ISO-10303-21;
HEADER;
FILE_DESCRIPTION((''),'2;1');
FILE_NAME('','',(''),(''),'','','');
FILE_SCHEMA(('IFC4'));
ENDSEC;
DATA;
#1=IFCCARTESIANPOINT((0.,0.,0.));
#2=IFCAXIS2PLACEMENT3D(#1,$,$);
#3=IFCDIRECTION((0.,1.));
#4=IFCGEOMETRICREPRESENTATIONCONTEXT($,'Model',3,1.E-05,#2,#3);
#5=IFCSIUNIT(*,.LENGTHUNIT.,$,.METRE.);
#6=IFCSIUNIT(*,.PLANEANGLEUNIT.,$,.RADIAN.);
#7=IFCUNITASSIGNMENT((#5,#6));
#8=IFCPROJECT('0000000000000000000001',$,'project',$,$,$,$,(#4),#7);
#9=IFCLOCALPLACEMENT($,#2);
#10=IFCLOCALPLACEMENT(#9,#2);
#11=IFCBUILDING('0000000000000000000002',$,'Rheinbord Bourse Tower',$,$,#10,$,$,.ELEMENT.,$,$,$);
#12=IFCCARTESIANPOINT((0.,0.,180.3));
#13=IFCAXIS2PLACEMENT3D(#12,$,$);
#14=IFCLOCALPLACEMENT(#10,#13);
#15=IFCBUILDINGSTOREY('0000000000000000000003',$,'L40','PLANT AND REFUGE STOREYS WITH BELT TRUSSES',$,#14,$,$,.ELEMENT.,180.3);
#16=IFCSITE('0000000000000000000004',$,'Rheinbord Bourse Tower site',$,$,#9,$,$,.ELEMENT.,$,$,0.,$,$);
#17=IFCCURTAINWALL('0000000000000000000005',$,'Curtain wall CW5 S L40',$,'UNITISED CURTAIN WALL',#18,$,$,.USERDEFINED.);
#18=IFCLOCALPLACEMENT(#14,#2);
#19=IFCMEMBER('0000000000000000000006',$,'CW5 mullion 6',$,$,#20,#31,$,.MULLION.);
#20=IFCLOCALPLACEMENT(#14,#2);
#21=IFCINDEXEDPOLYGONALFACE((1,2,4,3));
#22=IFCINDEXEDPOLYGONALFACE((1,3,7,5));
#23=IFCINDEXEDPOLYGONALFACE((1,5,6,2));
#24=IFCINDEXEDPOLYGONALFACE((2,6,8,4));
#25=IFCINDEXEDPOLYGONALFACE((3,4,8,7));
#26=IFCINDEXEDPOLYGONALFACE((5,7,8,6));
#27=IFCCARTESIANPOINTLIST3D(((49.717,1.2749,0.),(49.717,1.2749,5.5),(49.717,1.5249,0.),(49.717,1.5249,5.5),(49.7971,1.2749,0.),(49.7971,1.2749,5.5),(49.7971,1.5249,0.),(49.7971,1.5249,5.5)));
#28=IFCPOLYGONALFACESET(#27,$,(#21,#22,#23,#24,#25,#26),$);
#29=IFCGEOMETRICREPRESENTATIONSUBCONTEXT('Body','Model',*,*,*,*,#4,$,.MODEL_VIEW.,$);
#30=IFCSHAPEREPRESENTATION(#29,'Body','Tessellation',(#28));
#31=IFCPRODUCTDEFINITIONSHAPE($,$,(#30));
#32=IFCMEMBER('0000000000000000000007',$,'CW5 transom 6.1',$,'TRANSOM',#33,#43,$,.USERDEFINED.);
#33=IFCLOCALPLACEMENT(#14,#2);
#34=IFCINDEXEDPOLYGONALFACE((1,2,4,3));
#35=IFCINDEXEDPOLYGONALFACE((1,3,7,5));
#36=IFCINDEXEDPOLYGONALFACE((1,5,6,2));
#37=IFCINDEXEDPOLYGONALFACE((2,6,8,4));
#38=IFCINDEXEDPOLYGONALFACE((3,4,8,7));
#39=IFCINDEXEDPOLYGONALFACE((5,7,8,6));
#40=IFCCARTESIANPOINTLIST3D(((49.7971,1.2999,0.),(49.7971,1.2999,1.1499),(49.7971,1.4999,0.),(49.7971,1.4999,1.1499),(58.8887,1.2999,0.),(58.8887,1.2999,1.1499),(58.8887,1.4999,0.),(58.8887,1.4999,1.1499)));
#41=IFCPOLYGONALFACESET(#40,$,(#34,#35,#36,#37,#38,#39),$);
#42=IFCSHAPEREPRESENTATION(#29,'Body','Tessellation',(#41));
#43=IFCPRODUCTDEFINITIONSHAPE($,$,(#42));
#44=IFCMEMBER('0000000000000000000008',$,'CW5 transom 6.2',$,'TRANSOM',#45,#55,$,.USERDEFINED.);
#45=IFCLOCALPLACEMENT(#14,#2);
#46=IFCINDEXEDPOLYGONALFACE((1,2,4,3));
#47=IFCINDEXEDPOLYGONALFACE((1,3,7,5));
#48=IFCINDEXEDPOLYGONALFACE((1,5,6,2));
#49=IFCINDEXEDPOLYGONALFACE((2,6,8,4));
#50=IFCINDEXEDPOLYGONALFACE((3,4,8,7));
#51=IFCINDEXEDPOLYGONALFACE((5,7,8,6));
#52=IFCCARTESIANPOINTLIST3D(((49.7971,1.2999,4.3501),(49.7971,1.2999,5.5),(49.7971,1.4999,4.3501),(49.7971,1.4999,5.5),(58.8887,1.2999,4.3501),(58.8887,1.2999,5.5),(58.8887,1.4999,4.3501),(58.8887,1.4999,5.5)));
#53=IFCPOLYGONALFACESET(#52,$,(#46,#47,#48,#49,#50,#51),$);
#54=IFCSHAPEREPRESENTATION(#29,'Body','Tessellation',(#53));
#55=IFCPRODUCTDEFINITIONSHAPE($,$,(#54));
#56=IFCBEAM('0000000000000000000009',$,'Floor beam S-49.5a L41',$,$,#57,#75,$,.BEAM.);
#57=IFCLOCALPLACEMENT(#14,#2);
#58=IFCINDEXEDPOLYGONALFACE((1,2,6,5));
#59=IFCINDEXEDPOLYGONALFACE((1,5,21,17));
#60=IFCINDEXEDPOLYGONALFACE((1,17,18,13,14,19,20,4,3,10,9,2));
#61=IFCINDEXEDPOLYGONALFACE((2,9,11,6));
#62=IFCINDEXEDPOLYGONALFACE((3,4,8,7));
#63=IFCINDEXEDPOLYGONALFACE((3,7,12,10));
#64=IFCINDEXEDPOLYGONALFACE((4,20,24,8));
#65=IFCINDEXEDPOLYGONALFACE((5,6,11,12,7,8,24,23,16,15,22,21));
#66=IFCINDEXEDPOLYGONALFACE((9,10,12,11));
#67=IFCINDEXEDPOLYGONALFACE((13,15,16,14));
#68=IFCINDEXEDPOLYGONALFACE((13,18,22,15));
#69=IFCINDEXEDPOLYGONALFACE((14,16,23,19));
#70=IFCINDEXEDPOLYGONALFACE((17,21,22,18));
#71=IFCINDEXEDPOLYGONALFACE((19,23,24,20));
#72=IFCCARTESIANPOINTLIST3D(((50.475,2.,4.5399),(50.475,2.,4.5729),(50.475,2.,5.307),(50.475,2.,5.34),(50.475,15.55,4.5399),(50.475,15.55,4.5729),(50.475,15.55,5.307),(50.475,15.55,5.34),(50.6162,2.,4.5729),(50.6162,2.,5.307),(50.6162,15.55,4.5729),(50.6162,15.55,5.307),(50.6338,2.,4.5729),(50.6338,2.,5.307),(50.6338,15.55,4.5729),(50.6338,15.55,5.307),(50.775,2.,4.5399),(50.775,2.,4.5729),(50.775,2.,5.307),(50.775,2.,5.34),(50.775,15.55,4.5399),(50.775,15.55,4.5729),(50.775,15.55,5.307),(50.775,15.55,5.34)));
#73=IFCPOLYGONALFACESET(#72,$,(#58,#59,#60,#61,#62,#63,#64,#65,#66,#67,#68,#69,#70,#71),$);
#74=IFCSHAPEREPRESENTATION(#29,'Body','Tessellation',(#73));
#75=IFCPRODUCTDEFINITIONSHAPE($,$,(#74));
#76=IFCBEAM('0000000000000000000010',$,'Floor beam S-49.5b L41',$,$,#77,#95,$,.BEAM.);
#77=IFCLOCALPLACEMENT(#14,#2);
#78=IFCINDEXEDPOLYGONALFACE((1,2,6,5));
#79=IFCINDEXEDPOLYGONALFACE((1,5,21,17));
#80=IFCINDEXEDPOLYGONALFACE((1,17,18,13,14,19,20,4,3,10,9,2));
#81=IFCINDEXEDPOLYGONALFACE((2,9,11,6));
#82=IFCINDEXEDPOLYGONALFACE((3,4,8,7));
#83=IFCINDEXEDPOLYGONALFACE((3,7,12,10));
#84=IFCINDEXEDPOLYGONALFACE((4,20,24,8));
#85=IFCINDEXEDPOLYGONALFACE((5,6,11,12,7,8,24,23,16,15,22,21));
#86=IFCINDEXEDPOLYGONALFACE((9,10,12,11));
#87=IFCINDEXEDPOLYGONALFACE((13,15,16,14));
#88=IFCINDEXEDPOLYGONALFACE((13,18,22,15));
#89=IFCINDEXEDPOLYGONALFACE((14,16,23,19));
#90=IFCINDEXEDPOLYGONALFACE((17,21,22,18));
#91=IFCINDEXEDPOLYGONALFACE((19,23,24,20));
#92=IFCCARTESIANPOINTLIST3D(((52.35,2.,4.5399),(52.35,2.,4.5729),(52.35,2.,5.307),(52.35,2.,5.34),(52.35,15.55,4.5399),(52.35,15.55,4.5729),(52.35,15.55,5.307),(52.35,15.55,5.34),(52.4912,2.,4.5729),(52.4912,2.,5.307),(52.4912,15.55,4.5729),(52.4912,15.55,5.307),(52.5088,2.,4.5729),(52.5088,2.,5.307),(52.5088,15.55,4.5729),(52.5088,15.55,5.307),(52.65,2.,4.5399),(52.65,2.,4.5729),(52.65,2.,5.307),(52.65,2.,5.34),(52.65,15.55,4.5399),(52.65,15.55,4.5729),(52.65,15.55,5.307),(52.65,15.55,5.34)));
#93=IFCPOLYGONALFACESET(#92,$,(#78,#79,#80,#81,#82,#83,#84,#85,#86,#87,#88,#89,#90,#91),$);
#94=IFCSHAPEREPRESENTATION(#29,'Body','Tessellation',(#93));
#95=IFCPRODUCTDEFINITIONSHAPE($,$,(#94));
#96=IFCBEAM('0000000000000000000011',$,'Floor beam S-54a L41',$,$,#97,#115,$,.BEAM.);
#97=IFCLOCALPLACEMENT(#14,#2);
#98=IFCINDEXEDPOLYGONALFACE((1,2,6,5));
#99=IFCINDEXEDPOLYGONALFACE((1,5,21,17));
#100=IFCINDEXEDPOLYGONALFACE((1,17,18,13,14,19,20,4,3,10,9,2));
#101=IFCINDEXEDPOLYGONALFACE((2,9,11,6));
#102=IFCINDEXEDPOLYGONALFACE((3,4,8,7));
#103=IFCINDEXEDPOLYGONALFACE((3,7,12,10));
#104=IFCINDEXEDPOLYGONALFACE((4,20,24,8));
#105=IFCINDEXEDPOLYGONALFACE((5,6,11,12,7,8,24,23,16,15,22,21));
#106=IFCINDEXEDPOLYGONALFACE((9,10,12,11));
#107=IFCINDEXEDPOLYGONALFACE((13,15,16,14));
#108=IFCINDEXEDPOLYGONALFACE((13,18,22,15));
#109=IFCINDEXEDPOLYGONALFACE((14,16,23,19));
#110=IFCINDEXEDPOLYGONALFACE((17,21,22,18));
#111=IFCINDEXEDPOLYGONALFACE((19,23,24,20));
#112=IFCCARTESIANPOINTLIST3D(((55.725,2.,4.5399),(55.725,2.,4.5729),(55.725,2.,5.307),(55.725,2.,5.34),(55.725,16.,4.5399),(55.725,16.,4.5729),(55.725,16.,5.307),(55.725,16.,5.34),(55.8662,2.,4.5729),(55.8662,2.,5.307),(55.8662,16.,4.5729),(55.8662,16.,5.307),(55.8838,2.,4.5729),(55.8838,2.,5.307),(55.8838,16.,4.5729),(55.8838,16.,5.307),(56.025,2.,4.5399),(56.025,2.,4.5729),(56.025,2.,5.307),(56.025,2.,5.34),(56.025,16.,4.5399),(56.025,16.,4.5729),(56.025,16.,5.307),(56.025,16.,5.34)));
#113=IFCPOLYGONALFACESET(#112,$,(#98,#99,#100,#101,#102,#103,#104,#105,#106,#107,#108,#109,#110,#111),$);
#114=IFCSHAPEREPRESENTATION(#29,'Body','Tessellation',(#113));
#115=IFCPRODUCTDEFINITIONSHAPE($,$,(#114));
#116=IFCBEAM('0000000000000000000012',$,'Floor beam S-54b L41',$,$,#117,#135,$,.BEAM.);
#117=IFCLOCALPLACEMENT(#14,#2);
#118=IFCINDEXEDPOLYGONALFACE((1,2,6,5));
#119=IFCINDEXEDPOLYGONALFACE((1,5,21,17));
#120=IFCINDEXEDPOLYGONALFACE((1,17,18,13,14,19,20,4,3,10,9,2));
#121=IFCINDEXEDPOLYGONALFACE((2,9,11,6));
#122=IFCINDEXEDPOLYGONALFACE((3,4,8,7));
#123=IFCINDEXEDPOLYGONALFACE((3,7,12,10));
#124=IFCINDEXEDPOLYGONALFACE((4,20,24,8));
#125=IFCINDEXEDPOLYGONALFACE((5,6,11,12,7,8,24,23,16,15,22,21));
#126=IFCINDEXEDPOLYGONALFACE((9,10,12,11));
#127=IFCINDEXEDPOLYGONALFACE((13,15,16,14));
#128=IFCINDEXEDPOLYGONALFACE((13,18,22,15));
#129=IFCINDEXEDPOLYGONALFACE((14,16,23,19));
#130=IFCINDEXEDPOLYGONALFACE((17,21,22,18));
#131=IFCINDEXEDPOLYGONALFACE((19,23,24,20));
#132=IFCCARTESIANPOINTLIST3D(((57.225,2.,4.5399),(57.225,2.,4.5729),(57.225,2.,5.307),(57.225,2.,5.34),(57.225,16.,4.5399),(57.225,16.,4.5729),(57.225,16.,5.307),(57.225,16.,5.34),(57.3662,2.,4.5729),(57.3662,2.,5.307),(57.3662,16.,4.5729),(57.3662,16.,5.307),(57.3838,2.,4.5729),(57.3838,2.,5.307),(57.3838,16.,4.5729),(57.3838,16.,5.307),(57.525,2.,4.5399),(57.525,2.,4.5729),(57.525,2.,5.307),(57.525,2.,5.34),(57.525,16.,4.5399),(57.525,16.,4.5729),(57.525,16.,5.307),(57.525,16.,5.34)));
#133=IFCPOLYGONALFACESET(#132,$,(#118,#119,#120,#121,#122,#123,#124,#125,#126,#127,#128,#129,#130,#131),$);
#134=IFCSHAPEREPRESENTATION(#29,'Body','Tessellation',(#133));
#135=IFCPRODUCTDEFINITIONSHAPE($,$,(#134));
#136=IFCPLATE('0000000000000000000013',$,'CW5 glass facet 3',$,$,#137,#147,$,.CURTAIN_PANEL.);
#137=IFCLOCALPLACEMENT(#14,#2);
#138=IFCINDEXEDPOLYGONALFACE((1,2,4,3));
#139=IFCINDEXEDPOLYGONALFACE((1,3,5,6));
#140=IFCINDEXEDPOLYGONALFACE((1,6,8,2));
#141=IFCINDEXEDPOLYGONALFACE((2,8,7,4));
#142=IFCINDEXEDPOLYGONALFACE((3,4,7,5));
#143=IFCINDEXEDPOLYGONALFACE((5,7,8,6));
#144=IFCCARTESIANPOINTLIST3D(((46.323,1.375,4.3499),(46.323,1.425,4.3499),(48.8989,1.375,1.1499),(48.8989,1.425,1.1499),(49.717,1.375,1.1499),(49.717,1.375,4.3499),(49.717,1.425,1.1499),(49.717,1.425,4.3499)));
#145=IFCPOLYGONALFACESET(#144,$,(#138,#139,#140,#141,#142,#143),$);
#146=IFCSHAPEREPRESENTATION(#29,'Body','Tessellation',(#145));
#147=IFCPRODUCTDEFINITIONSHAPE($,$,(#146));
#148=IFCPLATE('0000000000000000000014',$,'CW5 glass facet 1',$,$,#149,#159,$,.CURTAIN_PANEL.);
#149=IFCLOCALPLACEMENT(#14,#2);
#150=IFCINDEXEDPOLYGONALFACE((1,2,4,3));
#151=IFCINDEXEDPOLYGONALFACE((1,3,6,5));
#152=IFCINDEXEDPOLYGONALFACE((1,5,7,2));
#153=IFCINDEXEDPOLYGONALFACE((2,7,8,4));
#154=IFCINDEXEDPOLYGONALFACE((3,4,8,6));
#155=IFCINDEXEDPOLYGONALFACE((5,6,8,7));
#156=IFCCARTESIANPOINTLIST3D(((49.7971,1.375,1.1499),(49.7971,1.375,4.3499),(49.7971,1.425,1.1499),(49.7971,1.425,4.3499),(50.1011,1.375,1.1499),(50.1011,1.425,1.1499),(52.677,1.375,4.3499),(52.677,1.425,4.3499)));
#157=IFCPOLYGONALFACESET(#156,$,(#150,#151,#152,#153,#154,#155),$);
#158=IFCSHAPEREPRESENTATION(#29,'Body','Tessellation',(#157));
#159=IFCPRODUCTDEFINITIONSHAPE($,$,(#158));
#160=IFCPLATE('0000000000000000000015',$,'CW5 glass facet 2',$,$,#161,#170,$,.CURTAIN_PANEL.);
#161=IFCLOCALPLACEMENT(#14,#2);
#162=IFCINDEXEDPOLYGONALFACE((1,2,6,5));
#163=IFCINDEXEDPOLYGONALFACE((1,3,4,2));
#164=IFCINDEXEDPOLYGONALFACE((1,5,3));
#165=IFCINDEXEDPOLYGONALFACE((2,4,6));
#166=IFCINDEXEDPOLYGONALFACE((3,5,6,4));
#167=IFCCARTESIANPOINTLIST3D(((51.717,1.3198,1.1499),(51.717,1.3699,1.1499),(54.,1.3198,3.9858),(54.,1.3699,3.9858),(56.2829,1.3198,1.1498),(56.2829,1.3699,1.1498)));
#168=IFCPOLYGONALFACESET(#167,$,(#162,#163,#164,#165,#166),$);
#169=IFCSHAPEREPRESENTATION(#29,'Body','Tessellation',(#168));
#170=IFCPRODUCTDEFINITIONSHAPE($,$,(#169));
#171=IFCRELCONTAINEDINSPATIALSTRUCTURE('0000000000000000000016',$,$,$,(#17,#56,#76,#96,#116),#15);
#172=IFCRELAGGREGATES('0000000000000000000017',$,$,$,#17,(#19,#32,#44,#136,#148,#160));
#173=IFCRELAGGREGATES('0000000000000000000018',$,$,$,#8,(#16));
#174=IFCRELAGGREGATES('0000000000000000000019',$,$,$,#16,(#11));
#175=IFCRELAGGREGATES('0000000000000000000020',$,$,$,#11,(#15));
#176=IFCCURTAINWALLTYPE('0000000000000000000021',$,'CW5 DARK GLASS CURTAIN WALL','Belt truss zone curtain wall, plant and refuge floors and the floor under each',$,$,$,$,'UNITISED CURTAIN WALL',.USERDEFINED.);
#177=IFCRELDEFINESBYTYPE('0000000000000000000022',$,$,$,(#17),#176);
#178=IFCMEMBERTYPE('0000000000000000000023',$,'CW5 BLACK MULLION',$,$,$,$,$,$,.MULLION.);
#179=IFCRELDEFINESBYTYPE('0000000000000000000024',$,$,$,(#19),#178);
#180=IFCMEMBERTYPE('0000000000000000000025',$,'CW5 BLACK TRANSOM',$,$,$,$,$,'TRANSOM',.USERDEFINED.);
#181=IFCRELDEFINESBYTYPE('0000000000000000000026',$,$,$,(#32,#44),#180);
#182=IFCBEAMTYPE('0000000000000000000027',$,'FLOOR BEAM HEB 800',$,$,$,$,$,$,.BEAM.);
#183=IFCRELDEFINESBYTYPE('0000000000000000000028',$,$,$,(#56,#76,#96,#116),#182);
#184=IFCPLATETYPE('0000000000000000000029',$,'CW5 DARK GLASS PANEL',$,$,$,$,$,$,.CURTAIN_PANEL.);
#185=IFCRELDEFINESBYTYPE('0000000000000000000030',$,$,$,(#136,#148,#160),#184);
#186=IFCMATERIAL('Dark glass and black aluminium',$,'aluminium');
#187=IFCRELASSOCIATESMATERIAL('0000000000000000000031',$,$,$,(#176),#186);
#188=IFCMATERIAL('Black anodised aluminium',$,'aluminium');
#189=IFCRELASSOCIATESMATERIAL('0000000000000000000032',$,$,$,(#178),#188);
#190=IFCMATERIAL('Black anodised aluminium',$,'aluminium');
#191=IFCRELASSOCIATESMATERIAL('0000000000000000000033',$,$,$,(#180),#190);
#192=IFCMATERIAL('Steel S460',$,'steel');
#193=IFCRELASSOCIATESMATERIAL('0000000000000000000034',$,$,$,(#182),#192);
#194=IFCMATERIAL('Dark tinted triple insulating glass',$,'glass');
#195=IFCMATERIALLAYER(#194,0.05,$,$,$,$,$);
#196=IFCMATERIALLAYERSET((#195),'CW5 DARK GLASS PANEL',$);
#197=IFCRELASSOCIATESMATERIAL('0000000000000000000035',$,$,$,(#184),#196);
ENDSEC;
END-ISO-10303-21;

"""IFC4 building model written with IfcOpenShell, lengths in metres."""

from ifc_helpers import new_model, si_unit, direction, frame, origin, origin_2d, place, context, subcontext, project, spatial, polyline, rectangle, i_section, outline, extrude, material, layer, layer_set, material_profile, profile_set, type_object, element, aggregate, save


model = new_model("IFC4")

# Units and contexts
model_context = context("Model", 3, precision=1e-05, world=origin(), true_north=direction((0.0, 1.0)))
body_context = subcontext(model_context, "Body", "Model", "MODEL_VIEW")
ifc_project = project(units=[si_unit("LENGTHUNIT", "METRE"), si_unit("PLANEANGLEUNIT", "RADIAN")], contexts=[model_context])

# Site, building, storey
site_placement = place(None, origin())
site = spatial("IfcSite", under=ifc_project, at=site_placement, Name="Rheinbord Bourse Tower site", CompositionType="ELEMENT", RefElevation=0.0)
building_placement = place(site_placement, origin())
building = spatial("IfcBuilding", under=site, at=building_placement, Name="Rheinbord Bourse Tower", CompositionType="ELEMENT")
storey_placement = place(building_placement, frame((0.0, 0.0, 180.3)))
storey = spatial("IfcBuildingStorey", under=building, at=storey_placement, Name="L40", Description="PLANT AND REFUGE STOREYS WITH BELT TRUSSES", CompositionType="ELEMENT", Elevation=180.3)

# Curtain wall, members
ifc_material_1 = material(Name="Dark glass and black aluminium", Category="aluminium")
curtain_wall_type = type_object("IfcCurtainWallType", Name="CW5 DARK GLASS CURTAIN WALL", Description="Belt truss zone curtain wall, plant and refuge floors and the floor under each", ElementType="UNITISED CURTAIN WALL", PredefinedType="USERDEFINED", material=ifc_material_1)
curtain_wall_placement = place(storey_placement, origin())
curtain_wall = element("IfcCurtainWall", 1, at=curtain_wall_placement, inside=storey, type_object=curtain_wall_type, Name="Curtain wall CW5 S L40", ObjectType="UNITISED CURTAIN WALL", PredefinedType="USERDEFINED")
ifc_material_2 = material(Name="Black anodised aluminium", Category="aluminium")
ifc_material_profile_1 = material_profile(ifc_material_2, rectangle(XDim=0.25, YDim=0.0801, at=origin_2d()), Name="CW5 MULLION 80x250")
ifc_profile_set_1 = profile_set([ifc_material_profile_1], Name="Black anodised aluminium")
member_type_1 = type_object("IfcMemberType", Name="CW5 BLACK MULLION", PredefinedType="MULLION", material=ifc_profile_set_1)
member_1_placement = place(storey_placement, frame((49.7571, 1.3999, 0.0), z_axis=(0.0, 0.0, 1.0), x_axis=(0.0, 1.0, 0.0)))
member_1 = element("IfcMember", 2, at=member_1_placement, type_object=member_type_1, Name="CW5 mullion 6", PredefinedType="MULLION", context=body_context, shape_type="SweptSolid", body=[
    extrude(rectangle(XDim=0.25, YDim=0.0801, at=origin_2d()), origin(), (0.0, 0.0, 1.0), 5.5),
])
ifc_material_3 = material(Name="Black anodised aluminium", Category="aluminium")
ifc_material_profile_2 = material_profile(ifc_material_3, rectangle(XDim=0.2, YDim=1.1499, at=origin_2d()), Name="CW5 TRANSOM 1150x200")
ifc_profile_set_2 = profile_set([ifc_material_profile_2], Name="Black anodised aluminium")
member_type_2 = type_object("IfcMemberType", Name="CW5 BLACK TRANSOM", ElementType="TRANSOM", PredefinedType="USERDEFINED", material=ifc_profile_set_2)
member_2_placement = place(storey_placement, frame((49.7971, 1.3999, 0.575), z_axis=(1.0, 0.0, 0.0), x_axis=(0.0, 1.0, 0.0)))
member_2 = element("IfcMember", 3, at=member_2_placement, type_object=member_type_2, Name="CW5 transom 6.1", ObjectType="TRANSOM", PredefinedType="USERDEFINED", context=body_context, shape_type="SweptSolid", body=[
    extrude(rectangle(XDim=0.2, YDim=1.1499, at=origin_2d()), origin(), (0.0, 0.0, 1.0), 9.0916),
])
member_3_placement = place(storey_placement, frame((49.7971, 1.3999, 4.925), z_axis=(1.0, 0.0, 0.0), x_axis=(0.0, 1.0, 0.0)))
member_3 = element("IfcMember", 4, at=member_3_placement, type_object=member_type_2, Name="CW5 transom 6.2", ObjectType="TRANSOM", PredefinedType="USERDEFINED", context=body_context, shape_type="SweptSolid", body=[
    extrude(rectangle(XDim=0.2, YDim=1.1499, at=origin_2d()), origin(), (0.0, 0.0, 1.0), 9.0916),
])

# Beams
ifc_material_4 = material(Name="Steel S460", Category="steel")
ifc_material_profile_3 = material_profile(ifc_material_4, i_section(OverallWidth=0.3, OverallDepth=0.8, WebThickness=0.0176, FlangeThickness=0.033, at=origin_2d()), Name="HEB 800")
ifc_profile_set_3 = profile_set([ifc_material_profile_3], Name="Steel S460")
beam_type_1 = type_object("IfcBeamType", Name="FLOOR BEAM HEB 800", PredefinedType="BEAM", material=ifc_profile_set_3)
for number, where, z_axis, x_axis, name in (
    (5, (50.625, 2.0, 4.9399), (0.0, 1.0, 0.0), (-1.0, 0.0, 0.0), "Floor beam S-49.5a L41"),
    (6, (52.5, 2.0, 4.9399), (0.0, 1.0, 0.0), (-1.0, 0.0, 0.0), "Floor beam S-49.5b L41"),
):
    element("IfcBeam", number, at=place(storey_placement, frame(where, z_axis=z_axis, x_axis=x_axis)), inside=storey, type_object=beam_type_1, Name=name, PredefinedType="BEAM", context=body_context, shape_type="SweptSolid", body=[
        extrude(i_section(OverallWidth=0.3, OverallDepth=0.8, WebThickness=0.0176, FlangeThickness=0.033, at=origin_2d()), origin(), (0.0, 0.0, 1.0), 13.55),
    ])
for number, where, z_axis, x_axis, name in (
    (7, (55.875, 2.0, 4.9399), (0.0, 1.0, 0.0), (-1.0, 0.0, 0.0), "Floor beam S-54a L41"),
    (8, (57.375, 2.0, 4.9399), (0.0, 1.0, 0.0), (-1.0, 0.0, 0.0), "Floor beam S-54b L41"),
):
    element("IfcBeam", number, at=place(storey_placement, frame(where, z_axis=z_axis, x_axis=x_axis)), inside=storey, type_object=beam_type_1, Name=name, PredefinedType="BEAM", context=body_context, shape_type="SweptSolid", body=[
        extrude(i_section(OverallWidth=0.3, OverallDepth=0.8, WebThickness=0.0176, FlangeThickness=0.033, at=origin_2d()), origin(), (0.0, 0.0, 1.0), 14.0),
    ])

# Plates
ifc_material_5 = material(Name="Dark tinted triple insulating glass", Category="glass")
ifc_layer = layer(ifc_material_5, 0.05)
ifc_layer_set = layer_set([ifc_layer], Name="CW5 DARK GLASS PANEL")
plate_type = type_object("IfcPlateType", Name="CW5 DARK GLASS PANEL", PredefinedType="CURTAIN_PANEL", material=ifc_layer_set)
plate_1_placement = place(storey_placement, frame((49.717, 1.375, 4.3499), z_axis=(0.0, 1.0, 0.0), x_axis=(0.0, 0.0, -1.0)))
plate_1 = element("IfcPlate", 9, at=plate_1_placement, type_object=plate_type, Name="CW5 glass facet 3", PredefinedType="CURTAIN_PANEL", context=body_context, shape_type="SweptSolid", body=[
    extrude(outline(polyline([(0.0, 0.0), (3.2, 0.0), (3.2, 0.8181), (0.0, 3.394), (0.0, 0.0)])), origin(), (0.0, 0.0, 1.0), 0.05),
])
plate_2_placement = place(storey_placement, frame((49.7971, 1.375, 1.1499), z_axis=(0.0, 1.0, 0.0), x_axis=(0.0, 0.0, 1.0)))
plate_2 = element("IfcPlate", 10, at=plate_2_placement, type_object=plate_type, Name="CW5 glass facet 1", PredefinedType="CURTAIN_PANEL", context=body_context, shape_type="SweptSolid", body=[
    extrude(outline(polyline([(0.0, 0.0), (3.2, 0.0), (3.2, 2.8799), (0.0, 0.304), (0.0, 0.0)])), origin(), (0.0, 0.0, 1.0), 0.05),
])
plate_3_placement = place(storey_placement, frame((51.717, 1.3198, 1.1499), z_axis=(0.0, 1.0, 0.0), x_axis=(0.627072, 0.0, 0.778961)))
plate_3 = element("IfcPlate", 11, at=plate_3_placement, type_object=plate_type, Name="CW5 glass facet 2", PredefinedType="CURTAIN_PANEL", context=body_context, shape_type="SweptSolid", body=[
    extrude(outline(polyline([(0.0, 0.0), (3.6406, 0.0), (2.863, 3.5566), (0.0, 0.0)])), origin(), (0.0, 0.0, 1.0), 0.05),
])
aggregate(curtain_wall, [member_1, member_2, member_3, plate_1, plate_2, plate_3])

save(model, "model.ifc")
